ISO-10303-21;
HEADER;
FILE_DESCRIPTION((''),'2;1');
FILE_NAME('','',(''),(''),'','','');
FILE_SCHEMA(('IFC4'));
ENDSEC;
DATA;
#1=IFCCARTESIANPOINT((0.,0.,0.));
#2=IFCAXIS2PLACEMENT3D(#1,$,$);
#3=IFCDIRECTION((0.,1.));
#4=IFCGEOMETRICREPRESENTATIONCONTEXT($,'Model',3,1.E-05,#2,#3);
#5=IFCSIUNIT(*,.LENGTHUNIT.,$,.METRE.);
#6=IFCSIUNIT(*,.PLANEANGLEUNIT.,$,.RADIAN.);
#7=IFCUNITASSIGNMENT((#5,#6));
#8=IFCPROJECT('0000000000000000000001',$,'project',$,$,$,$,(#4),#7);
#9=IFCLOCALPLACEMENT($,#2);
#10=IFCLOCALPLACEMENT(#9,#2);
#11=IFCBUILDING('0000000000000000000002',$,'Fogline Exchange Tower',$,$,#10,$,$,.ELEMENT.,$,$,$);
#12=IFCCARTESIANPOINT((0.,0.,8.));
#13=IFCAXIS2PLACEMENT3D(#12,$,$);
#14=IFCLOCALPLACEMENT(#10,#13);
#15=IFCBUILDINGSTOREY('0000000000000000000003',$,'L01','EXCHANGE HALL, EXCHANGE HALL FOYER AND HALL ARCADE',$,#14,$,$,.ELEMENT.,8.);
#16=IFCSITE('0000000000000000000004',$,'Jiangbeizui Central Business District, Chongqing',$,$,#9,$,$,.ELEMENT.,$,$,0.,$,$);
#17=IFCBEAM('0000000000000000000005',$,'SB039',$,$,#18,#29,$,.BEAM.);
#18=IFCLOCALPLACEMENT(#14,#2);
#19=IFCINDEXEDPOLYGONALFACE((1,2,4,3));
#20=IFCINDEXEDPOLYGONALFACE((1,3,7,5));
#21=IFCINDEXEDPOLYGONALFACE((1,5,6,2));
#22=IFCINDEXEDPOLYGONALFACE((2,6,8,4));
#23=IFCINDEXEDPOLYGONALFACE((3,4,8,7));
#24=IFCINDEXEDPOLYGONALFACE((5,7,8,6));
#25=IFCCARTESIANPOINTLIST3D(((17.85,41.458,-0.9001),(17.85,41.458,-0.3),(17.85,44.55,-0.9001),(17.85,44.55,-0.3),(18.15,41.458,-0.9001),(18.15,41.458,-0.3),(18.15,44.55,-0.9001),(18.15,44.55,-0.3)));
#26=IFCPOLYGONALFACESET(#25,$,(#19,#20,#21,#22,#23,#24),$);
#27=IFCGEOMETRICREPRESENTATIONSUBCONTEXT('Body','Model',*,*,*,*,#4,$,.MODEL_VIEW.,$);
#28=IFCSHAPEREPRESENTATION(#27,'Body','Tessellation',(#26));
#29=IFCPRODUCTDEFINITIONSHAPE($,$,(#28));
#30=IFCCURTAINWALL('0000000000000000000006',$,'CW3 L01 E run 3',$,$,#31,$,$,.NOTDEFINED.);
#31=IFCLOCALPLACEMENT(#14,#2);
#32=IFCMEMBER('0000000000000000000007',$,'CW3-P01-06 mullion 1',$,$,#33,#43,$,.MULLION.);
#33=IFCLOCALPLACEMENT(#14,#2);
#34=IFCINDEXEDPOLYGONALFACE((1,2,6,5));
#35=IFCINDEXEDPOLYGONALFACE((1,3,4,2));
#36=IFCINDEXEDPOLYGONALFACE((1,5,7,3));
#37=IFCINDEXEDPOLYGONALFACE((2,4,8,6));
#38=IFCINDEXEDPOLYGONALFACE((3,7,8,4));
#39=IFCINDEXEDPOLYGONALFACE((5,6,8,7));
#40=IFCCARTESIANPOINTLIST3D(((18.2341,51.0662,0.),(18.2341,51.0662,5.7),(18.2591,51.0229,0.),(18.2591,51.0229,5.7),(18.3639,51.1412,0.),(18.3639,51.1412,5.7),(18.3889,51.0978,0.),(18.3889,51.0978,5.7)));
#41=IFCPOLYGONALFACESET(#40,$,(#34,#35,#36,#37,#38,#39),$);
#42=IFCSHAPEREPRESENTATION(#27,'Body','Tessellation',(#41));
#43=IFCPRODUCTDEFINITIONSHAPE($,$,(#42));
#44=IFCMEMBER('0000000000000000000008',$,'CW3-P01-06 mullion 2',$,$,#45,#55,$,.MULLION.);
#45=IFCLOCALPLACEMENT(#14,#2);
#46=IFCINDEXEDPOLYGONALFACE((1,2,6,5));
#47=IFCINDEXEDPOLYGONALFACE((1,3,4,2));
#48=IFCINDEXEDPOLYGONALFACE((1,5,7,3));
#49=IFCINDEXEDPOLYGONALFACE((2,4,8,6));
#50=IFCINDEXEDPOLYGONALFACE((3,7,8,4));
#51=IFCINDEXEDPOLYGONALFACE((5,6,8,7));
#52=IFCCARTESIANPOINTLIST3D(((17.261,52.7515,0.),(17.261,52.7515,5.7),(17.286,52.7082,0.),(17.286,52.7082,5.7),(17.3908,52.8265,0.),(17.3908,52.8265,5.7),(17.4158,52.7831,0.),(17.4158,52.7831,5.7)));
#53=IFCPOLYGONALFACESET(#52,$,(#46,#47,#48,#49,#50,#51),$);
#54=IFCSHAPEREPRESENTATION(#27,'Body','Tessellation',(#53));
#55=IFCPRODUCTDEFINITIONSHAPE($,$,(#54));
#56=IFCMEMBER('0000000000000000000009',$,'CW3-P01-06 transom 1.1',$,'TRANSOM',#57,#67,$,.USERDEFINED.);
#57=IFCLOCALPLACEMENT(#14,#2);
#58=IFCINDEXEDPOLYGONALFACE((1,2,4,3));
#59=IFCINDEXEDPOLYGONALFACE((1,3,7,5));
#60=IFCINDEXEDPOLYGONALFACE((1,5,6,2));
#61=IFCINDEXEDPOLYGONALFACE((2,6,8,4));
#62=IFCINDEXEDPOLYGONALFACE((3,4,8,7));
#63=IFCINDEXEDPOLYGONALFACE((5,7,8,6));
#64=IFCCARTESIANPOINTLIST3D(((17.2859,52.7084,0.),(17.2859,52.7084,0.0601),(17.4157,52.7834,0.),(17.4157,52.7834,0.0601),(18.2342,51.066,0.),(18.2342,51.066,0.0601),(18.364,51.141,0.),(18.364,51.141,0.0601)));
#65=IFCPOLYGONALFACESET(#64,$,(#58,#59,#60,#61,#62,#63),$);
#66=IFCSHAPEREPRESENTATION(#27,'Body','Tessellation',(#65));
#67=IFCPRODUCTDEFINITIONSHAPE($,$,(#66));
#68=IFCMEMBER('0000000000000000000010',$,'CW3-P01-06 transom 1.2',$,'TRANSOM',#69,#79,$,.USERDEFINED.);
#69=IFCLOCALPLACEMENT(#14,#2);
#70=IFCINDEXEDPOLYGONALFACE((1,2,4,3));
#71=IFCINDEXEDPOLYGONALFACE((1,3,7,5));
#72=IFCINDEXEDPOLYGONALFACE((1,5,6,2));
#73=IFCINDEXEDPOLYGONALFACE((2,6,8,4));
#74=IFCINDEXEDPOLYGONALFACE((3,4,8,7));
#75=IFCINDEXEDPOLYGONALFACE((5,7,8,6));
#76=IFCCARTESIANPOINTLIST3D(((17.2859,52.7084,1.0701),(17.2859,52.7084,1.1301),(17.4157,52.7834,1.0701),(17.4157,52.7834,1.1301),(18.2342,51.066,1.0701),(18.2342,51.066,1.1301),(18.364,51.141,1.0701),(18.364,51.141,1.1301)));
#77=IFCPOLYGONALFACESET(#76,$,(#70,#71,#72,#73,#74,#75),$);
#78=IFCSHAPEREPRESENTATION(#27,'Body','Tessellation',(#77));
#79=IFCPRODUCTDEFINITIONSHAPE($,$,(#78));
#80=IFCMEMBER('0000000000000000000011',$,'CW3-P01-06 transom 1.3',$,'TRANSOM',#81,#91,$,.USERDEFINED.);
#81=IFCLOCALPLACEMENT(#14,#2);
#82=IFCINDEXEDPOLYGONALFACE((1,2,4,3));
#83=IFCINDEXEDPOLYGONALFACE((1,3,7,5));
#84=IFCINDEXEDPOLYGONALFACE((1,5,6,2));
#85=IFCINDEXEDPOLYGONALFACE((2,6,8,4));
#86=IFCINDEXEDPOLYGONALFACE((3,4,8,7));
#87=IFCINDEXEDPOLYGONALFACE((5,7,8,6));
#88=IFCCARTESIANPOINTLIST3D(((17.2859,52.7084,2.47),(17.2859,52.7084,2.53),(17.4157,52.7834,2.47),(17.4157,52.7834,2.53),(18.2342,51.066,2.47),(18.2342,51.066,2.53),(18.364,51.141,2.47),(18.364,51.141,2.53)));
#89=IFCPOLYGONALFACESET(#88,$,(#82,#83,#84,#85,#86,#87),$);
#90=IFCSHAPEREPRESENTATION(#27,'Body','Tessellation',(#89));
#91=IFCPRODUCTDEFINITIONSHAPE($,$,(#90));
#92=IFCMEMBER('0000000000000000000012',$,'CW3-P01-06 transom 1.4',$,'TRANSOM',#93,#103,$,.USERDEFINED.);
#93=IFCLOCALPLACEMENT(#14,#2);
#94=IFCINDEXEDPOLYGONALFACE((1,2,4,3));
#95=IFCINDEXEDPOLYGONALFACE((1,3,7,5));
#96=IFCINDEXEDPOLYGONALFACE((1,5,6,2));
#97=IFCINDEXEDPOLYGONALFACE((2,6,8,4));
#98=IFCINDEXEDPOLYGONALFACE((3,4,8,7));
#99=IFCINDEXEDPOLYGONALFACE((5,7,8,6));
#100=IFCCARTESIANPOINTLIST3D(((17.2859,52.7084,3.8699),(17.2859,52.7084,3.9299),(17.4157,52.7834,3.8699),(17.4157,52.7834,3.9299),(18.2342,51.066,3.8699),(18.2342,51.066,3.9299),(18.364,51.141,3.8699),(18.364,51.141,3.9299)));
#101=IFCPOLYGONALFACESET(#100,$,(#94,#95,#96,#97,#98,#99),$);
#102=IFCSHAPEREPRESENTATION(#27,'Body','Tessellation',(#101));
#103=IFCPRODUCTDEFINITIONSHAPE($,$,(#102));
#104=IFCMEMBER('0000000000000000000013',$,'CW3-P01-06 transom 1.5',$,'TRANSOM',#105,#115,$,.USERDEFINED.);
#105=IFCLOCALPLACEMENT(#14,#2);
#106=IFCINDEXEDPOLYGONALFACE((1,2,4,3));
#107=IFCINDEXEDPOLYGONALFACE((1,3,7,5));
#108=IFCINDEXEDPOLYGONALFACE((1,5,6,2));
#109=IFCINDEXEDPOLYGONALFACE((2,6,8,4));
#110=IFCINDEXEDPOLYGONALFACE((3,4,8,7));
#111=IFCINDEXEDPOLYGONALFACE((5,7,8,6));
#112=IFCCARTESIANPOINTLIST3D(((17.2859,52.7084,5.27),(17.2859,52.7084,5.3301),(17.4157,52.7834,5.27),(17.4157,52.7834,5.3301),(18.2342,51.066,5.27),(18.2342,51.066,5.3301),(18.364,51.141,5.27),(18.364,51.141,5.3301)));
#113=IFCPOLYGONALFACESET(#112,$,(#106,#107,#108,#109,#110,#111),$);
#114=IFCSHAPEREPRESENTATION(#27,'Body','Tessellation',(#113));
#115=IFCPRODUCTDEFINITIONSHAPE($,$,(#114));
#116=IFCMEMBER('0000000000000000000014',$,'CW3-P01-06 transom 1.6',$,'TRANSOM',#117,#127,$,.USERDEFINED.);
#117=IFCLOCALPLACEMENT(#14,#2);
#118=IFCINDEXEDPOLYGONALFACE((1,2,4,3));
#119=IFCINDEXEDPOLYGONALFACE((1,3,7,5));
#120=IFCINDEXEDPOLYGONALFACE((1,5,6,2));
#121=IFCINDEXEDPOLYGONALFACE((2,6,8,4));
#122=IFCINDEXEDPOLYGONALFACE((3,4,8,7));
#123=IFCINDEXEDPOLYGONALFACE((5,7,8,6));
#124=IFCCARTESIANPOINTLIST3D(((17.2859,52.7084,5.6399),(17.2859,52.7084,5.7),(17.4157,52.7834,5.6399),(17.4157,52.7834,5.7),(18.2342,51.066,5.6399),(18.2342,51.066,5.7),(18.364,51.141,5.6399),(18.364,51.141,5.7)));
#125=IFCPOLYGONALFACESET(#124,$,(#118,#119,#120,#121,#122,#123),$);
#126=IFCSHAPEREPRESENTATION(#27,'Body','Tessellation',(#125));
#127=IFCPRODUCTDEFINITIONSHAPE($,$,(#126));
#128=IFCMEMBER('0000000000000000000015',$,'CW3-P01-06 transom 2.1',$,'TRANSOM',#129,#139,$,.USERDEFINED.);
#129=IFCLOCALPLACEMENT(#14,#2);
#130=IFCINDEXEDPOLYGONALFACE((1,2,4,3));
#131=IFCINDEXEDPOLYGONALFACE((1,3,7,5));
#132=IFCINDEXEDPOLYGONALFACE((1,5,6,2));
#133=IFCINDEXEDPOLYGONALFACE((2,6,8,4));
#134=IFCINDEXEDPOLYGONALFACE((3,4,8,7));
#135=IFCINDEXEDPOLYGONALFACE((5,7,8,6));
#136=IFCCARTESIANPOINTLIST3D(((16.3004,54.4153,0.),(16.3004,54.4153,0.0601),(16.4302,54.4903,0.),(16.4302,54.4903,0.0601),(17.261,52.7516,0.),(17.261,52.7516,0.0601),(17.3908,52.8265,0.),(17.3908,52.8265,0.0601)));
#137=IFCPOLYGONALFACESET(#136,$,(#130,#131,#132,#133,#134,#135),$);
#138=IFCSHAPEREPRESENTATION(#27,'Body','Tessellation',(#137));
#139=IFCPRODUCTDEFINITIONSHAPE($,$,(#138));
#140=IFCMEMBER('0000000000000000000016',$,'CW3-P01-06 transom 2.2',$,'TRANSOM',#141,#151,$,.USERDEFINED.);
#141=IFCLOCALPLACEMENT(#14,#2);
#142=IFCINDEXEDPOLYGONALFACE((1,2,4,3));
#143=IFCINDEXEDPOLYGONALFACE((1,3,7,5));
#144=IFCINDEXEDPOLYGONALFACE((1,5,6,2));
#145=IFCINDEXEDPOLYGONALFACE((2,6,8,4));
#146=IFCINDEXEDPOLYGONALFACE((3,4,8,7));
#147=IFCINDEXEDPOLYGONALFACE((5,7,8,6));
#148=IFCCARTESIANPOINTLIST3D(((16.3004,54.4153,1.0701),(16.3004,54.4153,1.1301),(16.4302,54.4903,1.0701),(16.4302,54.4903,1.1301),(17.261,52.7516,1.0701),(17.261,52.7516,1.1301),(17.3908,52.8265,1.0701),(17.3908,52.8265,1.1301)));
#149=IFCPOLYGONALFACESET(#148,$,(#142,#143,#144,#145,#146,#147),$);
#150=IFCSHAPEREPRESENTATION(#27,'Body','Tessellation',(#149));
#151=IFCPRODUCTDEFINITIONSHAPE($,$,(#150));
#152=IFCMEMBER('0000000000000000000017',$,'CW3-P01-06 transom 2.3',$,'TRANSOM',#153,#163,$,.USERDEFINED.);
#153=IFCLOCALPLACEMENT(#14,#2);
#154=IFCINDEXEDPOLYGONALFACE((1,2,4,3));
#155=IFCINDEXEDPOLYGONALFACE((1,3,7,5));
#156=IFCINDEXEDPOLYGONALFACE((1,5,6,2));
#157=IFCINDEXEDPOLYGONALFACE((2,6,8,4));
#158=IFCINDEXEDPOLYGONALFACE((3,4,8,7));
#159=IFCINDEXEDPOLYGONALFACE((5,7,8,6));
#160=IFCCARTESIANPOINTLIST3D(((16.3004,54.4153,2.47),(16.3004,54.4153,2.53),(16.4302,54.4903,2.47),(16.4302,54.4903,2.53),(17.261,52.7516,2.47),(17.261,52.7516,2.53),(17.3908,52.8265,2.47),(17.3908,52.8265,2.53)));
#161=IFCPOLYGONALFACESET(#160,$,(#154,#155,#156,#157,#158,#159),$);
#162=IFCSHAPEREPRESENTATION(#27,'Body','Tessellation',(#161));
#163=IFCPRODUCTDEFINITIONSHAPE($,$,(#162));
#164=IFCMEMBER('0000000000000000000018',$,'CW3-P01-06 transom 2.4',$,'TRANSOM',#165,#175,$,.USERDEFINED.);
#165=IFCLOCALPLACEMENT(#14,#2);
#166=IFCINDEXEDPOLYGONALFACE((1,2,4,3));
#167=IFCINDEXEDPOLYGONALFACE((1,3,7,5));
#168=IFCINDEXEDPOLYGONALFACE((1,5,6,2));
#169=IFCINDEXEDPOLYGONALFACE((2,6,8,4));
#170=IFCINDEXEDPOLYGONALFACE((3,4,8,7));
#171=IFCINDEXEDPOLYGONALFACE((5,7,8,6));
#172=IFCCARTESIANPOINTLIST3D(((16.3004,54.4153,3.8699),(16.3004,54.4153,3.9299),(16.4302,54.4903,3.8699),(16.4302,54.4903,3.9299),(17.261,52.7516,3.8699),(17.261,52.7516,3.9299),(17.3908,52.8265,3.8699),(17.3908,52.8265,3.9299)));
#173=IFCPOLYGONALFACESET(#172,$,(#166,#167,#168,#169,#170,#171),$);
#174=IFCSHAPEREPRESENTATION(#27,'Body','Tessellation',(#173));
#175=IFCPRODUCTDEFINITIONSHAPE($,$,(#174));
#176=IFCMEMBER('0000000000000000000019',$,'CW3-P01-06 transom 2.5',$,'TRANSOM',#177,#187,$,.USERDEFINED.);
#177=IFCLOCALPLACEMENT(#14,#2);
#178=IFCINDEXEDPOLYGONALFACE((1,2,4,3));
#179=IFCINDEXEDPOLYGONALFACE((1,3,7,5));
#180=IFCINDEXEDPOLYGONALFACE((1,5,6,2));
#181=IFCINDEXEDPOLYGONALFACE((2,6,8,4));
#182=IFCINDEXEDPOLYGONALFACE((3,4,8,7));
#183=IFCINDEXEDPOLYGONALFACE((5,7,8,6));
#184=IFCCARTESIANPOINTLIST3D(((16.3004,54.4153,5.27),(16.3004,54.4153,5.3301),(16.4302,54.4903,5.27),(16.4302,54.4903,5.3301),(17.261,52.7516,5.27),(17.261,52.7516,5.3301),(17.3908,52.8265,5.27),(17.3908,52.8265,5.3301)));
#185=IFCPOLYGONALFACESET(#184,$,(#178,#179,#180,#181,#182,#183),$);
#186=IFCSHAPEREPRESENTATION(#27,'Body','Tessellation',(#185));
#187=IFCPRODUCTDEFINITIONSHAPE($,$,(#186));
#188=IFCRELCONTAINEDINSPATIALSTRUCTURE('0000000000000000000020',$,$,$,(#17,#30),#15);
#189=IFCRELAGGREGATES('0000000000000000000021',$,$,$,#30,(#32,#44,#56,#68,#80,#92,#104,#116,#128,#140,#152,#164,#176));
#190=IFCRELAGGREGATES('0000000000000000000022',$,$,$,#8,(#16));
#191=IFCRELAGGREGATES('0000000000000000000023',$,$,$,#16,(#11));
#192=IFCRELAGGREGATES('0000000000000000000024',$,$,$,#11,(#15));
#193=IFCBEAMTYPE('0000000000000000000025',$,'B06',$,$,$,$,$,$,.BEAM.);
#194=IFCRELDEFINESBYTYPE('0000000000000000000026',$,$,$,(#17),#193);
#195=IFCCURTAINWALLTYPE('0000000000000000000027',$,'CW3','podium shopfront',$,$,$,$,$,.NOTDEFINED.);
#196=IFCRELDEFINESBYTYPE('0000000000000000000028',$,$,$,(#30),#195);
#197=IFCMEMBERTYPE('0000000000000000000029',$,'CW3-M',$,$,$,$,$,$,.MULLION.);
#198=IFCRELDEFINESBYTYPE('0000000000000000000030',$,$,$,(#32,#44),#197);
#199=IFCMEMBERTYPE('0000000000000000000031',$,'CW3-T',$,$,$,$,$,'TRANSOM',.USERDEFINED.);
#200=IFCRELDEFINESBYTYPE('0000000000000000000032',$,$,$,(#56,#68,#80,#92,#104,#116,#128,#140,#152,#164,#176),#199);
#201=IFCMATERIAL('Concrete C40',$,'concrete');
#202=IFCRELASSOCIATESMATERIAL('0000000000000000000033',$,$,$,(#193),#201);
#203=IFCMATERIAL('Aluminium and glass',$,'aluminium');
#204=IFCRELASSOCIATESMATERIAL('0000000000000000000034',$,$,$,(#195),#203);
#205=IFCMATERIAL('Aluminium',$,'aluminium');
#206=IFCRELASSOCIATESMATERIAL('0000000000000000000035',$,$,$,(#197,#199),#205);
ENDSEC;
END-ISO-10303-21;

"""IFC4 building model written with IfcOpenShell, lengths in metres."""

from ifc_helpers import new_model, si_unit, direction, frame, origin, origin_2d, place, context, subcontext, project, spatial, rectangle, extrude, material, material_profile, profile_set, type_object, element, aggregate, save


model = new_model("IFC4")

# Units and contexts
model_context = context("Model", 3, precision=1e-05, world=origin(), true_north=direction((0.0, 1.0)))
body_context = subcontext(model_context, "Body", "Model", "MODEL_VIEW")
ifc_project = project(units=[si_unit("LENGTHUNIT", "METRE"), si_unit("PLANEANGLEUNIT", "RADIAN")], contexts=[model_context])

# Site, building, storey
site_placement = place(None, origin())
site = spatial("IfcSite", under=ifc_project, at=site_placement, Name="Jiangbeizui Central Business District, Chongqing", CompositionType="ELEMENT", RefElevation=0.0)
building_placement = place(site_placement, origin())
building = spatial("IfcBuilding", under=site, at=building_placement, Name="Fogline Exchange Tower", CompositionType="ELEMENT")
storey_placement = place(building_placement, frame((0.0, 0.0, 8.0)))
storey = spatial("IfcBuildingStorey", under=building, at=storey_placement, Name="L01", Description="EXCHANGE HALL, EXCHANGE HALL FOYER AND HALL ARCADE", CompositionType="ELEMENT", Elevation=8.0)

# Beam
ifc_material_1 = material(Name="Concrete C40", Category="concrete")
ifc_material_profile_1 = material_profile(ifc_material_1, rectangle(XDim=0.3, YDim=0.6001, at=origin_2d()), Name="RC 300x600")
ifc_profile_set_1 = profile_set([ifc_material_profile_1], Name="Concrete C40")
beam_type = type_object("IfcBeamType", Name="B06", PredefinedType="BEAM", material=ifc_profile_set_1)
beam_placement = place(storey_placement, frame((18.0, 41.458, -0.6001), z_axis=(0.0, 1.0, 0.0), x_axis=(-1.0, 0.0, 0.0)))
element("IfcBeam", 1, at=beam_placement, inside=storey, type_object=beam_type, Name="SB039", PredefinedType="BEAM", context=body_context, shape_type="SweptSolid", body=[
    extrude(rectangle(XDim=0.3, YDim=0.6001, at=origin_2d()), origin(), (0.0, 0.0, 1.0), 3.092),
])

# Curtain wall, members
ifc_material_2 = material(Name="Aluminium and glass", Category="aluminium")
curtain_wall_type = type_object("IfcCurtainWallType", Name="CW3", Description="podium shopfront", PredefinedType="NOTDEFINED", material=ifc_material_2)
curtain_wall_placement = place(storey_placement, origin())
curtain_wall = element("IfcCurtainWall", 2, at=curtain_wall_placement, inside=storey, type_object=curtain_wall_type, Name="CW3 L01 E run 3", PredefinedType="NOTDEFINED")
ifc_material_3 = material(Name="Aluminium", Category="aluminium")
ifc_material_profile_2 = material_profile(ifc_material_3, rectangle(XDim=0.1499, YDim=0.05, at=origin_2d()), Name="Mullion 50x150")
ifc_profile_set_2 = profile_set([ifc_material_profile_2], Name="Aluminium")
member_type_1 = type_object("IfcMemberType", Name="CW3-M", PredefinedType="MULLION", material=ifc_profile_set_2)
member_1_placement = place(storey_placement, frame((18.3115, 51.082, 0.0), z_axis=(0.0, 0.0, 1.0), x_axis=(-0.866025, -0.5, 0.0)))
member_1 = element("IfcMember", 3, at=member_1_placement, type_object=member_type_1, Name="CW3-P01-06 mullion 1", PredefinedType="MULLION", context=body_context, shape_type="SweptSolid", body=[
    extrude(rectangle(XDim=0.1499, YDim=0.05, at=origin_2d()), origin(), (0.0, 0.0, 1.0), 5.7),
])
member_2_placement = place(storey_placement, frame((17.3384, 52.7673, 0.0), z_axis=(0.0, 0.0, 1.0), x_axis=(-0.866025, -0.5, 0.0)))
member_2 = element("IfcMember", 4, at=member_2_placement, type_object=member_type_1, Name="CW3-P01-06 mullion 2", PredefinedType="MULLION", context=body_context, shape_type="SweptSolid", body=[
    extrude(rectangle(XDim=0.1499, YDim=0.05, at=origin_2d()), origin(), (0.0, 0.0, 1.0), 5.7),
])
ifc_material_profile_3 = material_profile(ifc_material_3, rectangle(XDim=0.1499, YDim=0.0601, at=origin_2d()), Name="Transom 60x150")
ifc_profile_set_3 = profile_set([ifc_material_profile_3], Name="Aluminium")
member_type_2 = type_object("IfcMemberType", Name="CW3-T", ElementType="TRANSOM", PredefinedType="USERDEFINED", material=ifc_profile_set_3)
member_3_placement = place(storey_placement, frame((18.2991, 51.1035, 0.03), z_axis=(-0.500016, 0.866016, 0.0), x_axis=(-0.866016, -0.500016, 0.0)))
member_3 = element("IfcMember", 5, at=member_3_placement, type_object=member_type_2, Name="CW3-P01-06 transom 1.1", ObjectType="TRANSOM", PredefinedType="USERDEFINED", context=body_context, shape_type="SweptSolid", body=[
    extrude(rectangle(XDim=0.1499, YDim=0.0601, at=origin_2d()), origin(), (0.0, 0.0, 1.0), 1.8965),
])
member_4_placement = place(storey_placement, frame((18.2991, 51.1035, 1.1001), z_axis=(-0.500016, 0.866016, 0.0), x_axis=(-0.866016, -0.500016, 0.0)))
member_4 = element("IfcMember", 6, at=member_4_placement, type_object=member_type_2, Name="CW3-P01-06 transom 1.2", ObjectType="TRANSOM", PredefinedType="USERDEFINED", context=body_context, shape_type="SweptSolid", body=[
    extrude(rectangle(XDim=0.1499, YDim=0.0601, at=origin_2d()), origin(), (0.0, 0.0, 1.0), 1.8965),
])
member_5_placement = place(storey_placement, frame((18.2991, 51.1035, 2.5), z_axis=(-0.500016, 0.866016, 0.0), x_axis=(-0.866016, -0.500016, 0.0)))
member_5 = element("IfcMember", 7, at=member_5_placement, type_object=member_type_2, Name="CW3-P01-06 transom 1.3", ObjectType="TRANSOM", PredefinedType="USERDEFINED", context=body_context, shape_type="SweptSolid", body=[
    extrude(rectangle(XDim=0.1499, YDim=0.0601, at=origin_2d()), origin(), (0.0, 0.0, 1.0), 1.8965),
])
member_6_placement = place(storey_placement, frame((18.2991, 51.1035, 3.8999), z_axis=(-0.500016, 0.866016, 0.0), x_axis=(-0.866016, -0.500016, 0.0)))
member_6 = element("IfcMember", 8, at=member_6_placement, type_object=member_type_2, Name="CW3-P01-06 transom 1.4", ObjectType="TRANSOM", PredefinedType="USERDEFINED", context=body_context, shape_type="SweptSolid", body=[
    extrude(rectangle(XDim=0.1499, YDim=0.0601, at=origin_2d()), origin(), (0.0, 0.0, 1.0), 1.8965),
])
member_7_placement = place(storey_placement, frame((18.2991, 51.1035, 5.3), z_axis=(-0.500016, 0.866016, 0.0), x_axis=(-0.866016, -0.500016, 0.0)))
member_7 = element("IfcMember", 9, at=member_7_placement, type_object=member_type_2, Name="CW3-P01-06 transom 1.5", ObjectType="TRANSOM", PredefinedType="USERDEFINED", context=body_context, shape_type="SweptSolid", body=[
    extrude(rectangle(XDim=0.1499, YDim=0.0601, at=origin_2d()), origin(), (0.0, 0.0, 1.0), 1.8965),
])
member_8_placement = place(storey_placement, frame((18.2991, 51.1035, 5.6699), z_axis=(-0.500016, 0.866016, 0.0), x_axis=(-0.866016, -0.500016, 0.0)))
member_8 = element("IfcMember", 10, at=member_8_placement, type_object=member_type_2, Name="CW3-P01-06 transom 1.6", ObjectType="TRANSOM", PredefinedType="USERDEFINED", context=body_context, shape_type="SweptSolid", body=[
    extrude(rectangle(XDim=0.1499, YDim=0.0601, at=origin_2d()), origin(), (0.0, 0.0, 1.0), 1.8965),
])
member_9_placement = place(storey_placement, frame((17.3259, 52.7891, 0.03), z_axis=(-0.500034, 0.866006, 0.0), x_axis=(-0.866006, -0.500034, 0.0)))
member_9 = element("IfcMember", 11, at=member_9_placement, type_object=member_type_2, Name="CW3-P01-06 transom 2.1", ObjectType="TRANSOM", PredefinedType="USERDEFINED", context=body_context, shape_type="SweptSolid", body=[
    extrude(rectangle(XDim=0.1499, YDim=0.0601, at=origin_2d()), origin(), (0.0, 0.0, 1.0), 1.9211),
])
member_10_placement = place(storey_placement, frame((17.3259, 52.7891, 1.1001), z_axis=(-0.500034, 0.866006, 0.0), x_axis=(-0.866006, -0.500034, 0.0)))
member_10 = element("IfcMember", 12, at=member_10_placement, type_object=member_type_2, Name="CW3-P01-06 transom 2.2", ObjectType="TRANSOM", PredefinedType="USERDEFINED", context=body_context, shape_type="SweptSolid", body=[
    extrude(rectangle(XDim=0.1499, YDim=0.0601, at=origin_2d()), origin(), (0.0, 0.0, 1.0), 1.9211),
])
member_11_placement = place(storey_placement, frame((17.3259, 52.7891, 2.5), z_axis=(-0.500034, 0.866006, 0.0), x_axis=(-0.866006, -0.500034, 0.0)))
member_11 = element("IfcMember", 13, at=member_11_placement, type_object=member_type_2, Name="CW3-P01-06 transom 2.3", ObjectType="TRANSOM", PredefinedType="USERDEFINED", context=body_context, shape_type="SweptSolid", body=[
    extrude(rectangle(XDim=0.1499, YDim=0.0601, at=origin_2d()), origin(), (0.0, 0.0, 1.0), 1.9211),
])
member_12_placement = place(storey_placement, frame((17.3259, 52.7891, 3.8999), z_axis=(-0.500034, 0.866006, 0.0), x_axis=(-0.866006, -0.500034, 0.0)))
member_12 = element("IfcMember", 14, at=member_12_placement, type_object=member_type_2, Name="CW3-P01-06 transom 2.4", ObjectType="TRANSOM", PredefinedType="USERDEFINED", context=body_context, shape_type="SweptSolid", body=[
    extrude(rectangle(XDim=0.1499, YDim=0.0601, at=origin_2d()), origin(), (0.0, 0.0, 1.0), 1.9211),
])
member_13_placement = place(storey_placement, frame((17.3259, 52.7891, 5.3), z_axis=(-0.500034, 0.866006, 0.0), x_axis=(-0.866006, -0.500034, 0.0)))
member_13 = element("IfcMember", 15, at=member_13_placement, type_object=member_type_2, Name="CW3-P01-06 transom 2.5", ObjectType="TRANSOM", PredefinedType="USERDEFINED", context=body_context, shape_type="SweptSolid", body=[
    extrude(rectangle(XDim=0.1499, YDim=0.0601, at=origin_2d()), origin(), (0.0, 0.0, 1.0), 1.9211),
])
aggregate(curtain_wall, [member_1, member_2, member_3, member_4, member_5, member_6, member_7, member_8, member_9, member_10, member_11, member_12, member_13])

save(model, "model.ifc")
